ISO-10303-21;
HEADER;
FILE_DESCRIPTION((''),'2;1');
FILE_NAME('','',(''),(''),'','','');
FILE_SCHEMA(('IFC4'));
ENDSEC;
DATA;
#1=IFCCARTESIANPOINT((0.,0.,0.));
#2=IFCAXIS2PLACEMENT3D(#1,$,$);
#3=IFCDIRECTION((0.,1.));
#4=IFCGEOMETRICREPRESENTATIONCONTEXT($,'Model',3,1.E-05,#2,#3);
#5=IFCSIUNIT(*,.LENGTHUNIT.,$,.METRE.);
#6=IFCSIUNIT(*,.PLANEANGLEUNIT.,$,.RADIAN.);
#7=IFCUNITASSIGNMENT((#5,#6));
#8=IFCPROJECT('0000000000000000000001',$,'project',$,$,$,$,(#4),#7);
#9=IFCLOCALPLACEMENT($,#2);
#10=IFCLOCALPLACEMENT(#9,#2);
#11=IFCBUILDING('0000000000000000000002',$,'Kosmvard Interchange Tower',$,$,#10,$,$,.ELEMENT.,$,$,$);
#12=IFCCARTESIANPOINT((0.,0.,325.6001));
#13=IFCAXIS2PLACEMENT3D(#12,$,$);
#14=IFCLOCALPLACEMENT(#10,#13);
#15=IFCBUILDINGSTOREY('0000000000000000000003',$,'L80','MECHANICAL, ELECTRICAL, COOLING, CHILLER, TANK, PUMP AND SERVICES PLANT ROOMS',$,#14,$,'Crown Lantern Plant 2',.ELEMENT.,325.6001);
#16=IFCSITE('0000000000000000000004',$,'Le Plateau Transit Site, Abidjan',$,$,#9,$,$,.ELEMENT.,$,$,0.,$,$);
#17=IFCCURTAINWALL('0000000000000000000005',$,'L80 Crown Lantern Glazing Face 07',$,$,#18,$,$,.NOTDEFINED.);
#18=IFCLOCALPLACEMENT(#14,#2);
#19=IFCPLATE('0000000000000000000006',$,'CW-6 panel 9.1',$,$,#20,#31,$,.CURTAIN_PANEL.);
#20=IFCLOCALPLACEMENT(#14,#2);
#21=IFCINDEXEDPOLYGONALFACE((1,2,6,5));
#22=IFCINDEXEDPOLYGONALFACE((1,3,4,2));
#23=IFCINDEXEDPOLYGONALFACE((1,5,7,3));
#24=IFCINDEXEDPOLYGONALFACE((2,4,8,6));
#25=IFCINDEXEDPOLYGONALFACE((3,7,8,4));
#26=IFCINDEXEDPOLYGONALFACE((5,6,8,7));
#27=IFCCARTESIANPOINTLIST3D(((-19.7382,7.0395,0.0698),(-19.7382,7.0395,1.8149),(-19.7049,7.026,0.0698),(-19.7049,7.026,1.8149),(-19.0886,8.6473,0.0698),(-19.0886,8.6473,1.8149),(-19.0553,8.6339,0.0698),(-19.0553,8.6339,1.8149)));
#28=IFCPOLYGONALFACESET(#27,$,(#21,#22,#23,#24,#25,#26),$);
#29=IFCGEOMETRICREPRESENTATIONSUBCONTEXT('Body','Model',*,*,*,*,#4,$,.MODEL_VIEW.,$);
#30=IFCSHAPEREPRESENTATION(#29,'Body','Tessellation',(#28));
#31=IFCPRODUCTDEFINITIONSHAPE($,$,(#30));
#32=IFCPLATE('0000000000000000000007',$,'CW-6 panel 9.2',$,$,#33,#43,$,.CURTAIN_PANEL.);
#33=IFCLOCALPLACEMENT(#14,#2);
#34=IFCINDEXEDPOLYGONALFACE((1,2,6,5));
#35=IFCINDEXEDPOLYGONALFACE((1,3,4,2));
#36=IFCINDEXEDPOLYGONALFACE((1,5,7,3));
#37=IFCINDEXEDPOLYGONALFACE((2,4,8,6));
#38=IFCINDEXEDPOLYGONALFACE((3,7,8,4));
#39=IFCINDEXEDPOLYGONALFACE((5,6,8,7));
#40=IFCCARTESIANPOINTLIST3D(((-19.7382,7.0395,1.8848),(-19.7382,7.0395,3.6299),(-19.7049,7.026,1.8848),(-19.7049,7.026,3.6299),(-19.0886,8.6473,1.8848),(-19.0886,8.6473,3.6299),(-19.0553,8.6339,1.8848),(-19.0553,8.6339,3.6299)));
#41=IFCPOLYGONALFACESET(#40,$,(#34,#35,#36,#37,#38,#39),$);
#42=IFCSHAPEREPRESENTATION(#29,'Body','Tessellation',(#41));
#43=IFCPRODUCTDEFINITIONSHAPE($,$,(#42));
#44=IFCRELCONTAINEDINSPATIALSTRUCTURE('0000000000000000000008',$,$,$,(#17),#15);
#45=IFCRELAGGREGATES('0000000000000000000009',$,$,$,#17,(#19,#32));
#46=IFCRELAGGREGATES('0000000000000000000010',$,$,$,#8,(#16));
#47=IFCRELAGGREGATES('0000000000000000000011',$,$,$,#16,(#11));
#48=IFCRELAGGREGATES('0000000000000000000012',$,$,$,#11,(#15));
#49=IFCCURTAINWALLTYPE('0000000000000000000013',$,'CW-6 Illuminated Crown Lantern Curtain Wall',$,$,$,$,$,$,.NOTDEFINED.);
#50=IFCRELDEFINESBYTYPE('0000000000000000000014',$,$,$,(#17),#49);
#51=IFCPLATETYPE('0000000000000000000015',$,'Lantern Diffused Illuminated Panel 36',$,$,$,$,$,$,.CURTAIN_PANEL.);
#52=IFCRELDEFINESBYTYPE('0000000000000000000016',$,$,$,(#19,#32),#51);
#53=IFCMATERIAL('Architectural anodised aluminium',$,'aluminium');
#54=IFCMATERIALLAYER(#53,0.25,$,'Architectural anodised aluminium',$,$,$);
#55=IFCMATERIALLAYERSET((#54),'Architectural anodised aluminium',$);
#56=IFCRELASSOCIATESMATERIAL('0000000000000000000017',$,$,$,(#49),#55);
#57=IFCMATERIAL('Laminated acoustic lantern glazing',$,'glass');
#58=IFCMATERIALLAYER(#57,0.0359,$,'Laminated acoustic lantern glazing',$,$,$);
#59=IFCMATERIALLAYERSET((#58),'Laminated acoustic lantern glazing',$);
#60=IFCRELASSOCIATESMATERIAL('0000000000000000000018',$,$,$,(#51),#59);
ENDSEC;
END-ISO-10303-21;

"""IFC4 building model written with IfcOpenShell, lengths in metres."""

from ifc_helpers import new_model, si_unit, direction, frame, origin, origin_2d, place, context, subcontext, project, spatial, rectangle, extrude, source, transform, mapped, material, layer, layer_set, type_object, element, aggregate, save


model = new_model("IFC4")

# Units and contexts
model_context = context("Model", 3, precision=1e-05, world=origin(), true_north=direction((0.0, 1.0)))
body_context = subcontext(model_context, "Body", "Model", "MODEL_VIEW")
ifc_project = project(units=[si_unit("LENGTHUNIT", "METRE"), si_unit("PLANEANGLEUNIT", "RADIAN")], contexts=[model_context])

# Site, building, storey
site_placement = place(None, origin())
site = spatial("IfcSite", under=ifc_project, at=site_placement, Name="Le Plateau Transit Site, Abidjan", CompositionType="ELEMENT", RefElevation=0.0)
building_placement = place(site_placement, origin())
building = spatial("IfcBuilding", under=site, at=building_placement, Name="Kosmvard Interchange Tower", CompositionType="ELEMENT")
storey_placement = place(building_placement, frame((0.0, 0.0, 325.6001)))
storey = spatial("IfcBuildingStorey", under=building, at=storey_placement, Name="L80", Description="MECHANICAL, ELECTRICAL, COOLING, CHILLER, TANK, PUMP AND SERVICES PLANT ROOMS", LongName="Crown Lantern Plant 2", CompositionType="ELEMENT", Elevation=325.6001)

# Curtain wall, plates
ifc_material_1 = material(Name="Architectural anodised aluminium", Category="aluminium")
ifc_layer_1 = layer(ifc_material_1, 0.25, Name="Architectural anodised aluminium")
ifc_layer_set_1 = layer_set([ifc_layer_1], Name="Architectural anodised aluminium")
curtain_wall_type = type_object("IfcCurtainWallType", Name="CW-6 Illuminated Crown Lantern Curtain Wall", PredefinedType="NOTDEFINED", material=ifc_layer_set_1)
curtain_wall_placement = place(storey_placement, origin())
curtain_wall = element("IfcCurtainWall", 1, at=curtain_wall_placement, inside=storey, type_object=curtain_wall_type, Name="L80 Crown Lantern Glazing Face 07", PredefinedType="NOTDEFINED")
ifc_material_2 = material(Name="Laminated acoustic lantern glazing", Category="glass")
ifc_layer_2 = layer(ifc_material_2, 0.0359, Name="Laminated acoustic lantern glazing")
ifc_layer_set_2 = layer_set([ifc_layer_2], Name="Laminated acoustic lantern glazing")
plate_type = type_object("IfcPlateType", Name="Lantern Diffused Illuminated Panel 36", PredefinedType="CURTAIN_PANEL", material=ifc_layer_set_2)
shared_shape_1 = source(origin(), body_context, "Body", "SweptSolid", [
    extrude(rectangle(XDim=1.7341, YDim=0.0359, at=origin_2d()), origin(), (0.0, 0.0, 1.0), 1.7451),
])
plate_1_placement = place(storey_placement, frame((-19.3967, 7.8367, 0.0698), z_axis=(0.0, 0.0, 1.0), x_axis=(-0.374607, -0.927184, 0.0)))
plate_1 = element("IfcPlate", 2, at=plate_1_placement, type_object=plate_type, Name="CW-6 panel 9.1", PredefinedType="CURTAIN_PANEL", context=body_context, shape_type="MappedRepresentation", body=[
    mapped(shared_shape_1, transform((0.0, 0.0, 0.0), scale=1.0)),
])
plate_2_placement = place(storey_placement, frame((-19.3967, 7.8367, 1.8848), z_axis=(0.0, 0.0, 1.0), x_axis=(-0.374607, -0.927184, 0.0)))
plate_2 = element("IfcPlate", 3, at=plate_2_placement, type_object=plate_type, Name="CW-6 panel 9.2", PredefinedType="CURTAIN_PANEL", context=body_context, shape_type="MappedRepresentation", body=[
    mapped(shared_shape_1, transform((0.0, 0.0, 0.0), scale=1.0)),
])
aggregate(curtain_wall, [plate_1, plate_2])

save(model, "model.ifc")
